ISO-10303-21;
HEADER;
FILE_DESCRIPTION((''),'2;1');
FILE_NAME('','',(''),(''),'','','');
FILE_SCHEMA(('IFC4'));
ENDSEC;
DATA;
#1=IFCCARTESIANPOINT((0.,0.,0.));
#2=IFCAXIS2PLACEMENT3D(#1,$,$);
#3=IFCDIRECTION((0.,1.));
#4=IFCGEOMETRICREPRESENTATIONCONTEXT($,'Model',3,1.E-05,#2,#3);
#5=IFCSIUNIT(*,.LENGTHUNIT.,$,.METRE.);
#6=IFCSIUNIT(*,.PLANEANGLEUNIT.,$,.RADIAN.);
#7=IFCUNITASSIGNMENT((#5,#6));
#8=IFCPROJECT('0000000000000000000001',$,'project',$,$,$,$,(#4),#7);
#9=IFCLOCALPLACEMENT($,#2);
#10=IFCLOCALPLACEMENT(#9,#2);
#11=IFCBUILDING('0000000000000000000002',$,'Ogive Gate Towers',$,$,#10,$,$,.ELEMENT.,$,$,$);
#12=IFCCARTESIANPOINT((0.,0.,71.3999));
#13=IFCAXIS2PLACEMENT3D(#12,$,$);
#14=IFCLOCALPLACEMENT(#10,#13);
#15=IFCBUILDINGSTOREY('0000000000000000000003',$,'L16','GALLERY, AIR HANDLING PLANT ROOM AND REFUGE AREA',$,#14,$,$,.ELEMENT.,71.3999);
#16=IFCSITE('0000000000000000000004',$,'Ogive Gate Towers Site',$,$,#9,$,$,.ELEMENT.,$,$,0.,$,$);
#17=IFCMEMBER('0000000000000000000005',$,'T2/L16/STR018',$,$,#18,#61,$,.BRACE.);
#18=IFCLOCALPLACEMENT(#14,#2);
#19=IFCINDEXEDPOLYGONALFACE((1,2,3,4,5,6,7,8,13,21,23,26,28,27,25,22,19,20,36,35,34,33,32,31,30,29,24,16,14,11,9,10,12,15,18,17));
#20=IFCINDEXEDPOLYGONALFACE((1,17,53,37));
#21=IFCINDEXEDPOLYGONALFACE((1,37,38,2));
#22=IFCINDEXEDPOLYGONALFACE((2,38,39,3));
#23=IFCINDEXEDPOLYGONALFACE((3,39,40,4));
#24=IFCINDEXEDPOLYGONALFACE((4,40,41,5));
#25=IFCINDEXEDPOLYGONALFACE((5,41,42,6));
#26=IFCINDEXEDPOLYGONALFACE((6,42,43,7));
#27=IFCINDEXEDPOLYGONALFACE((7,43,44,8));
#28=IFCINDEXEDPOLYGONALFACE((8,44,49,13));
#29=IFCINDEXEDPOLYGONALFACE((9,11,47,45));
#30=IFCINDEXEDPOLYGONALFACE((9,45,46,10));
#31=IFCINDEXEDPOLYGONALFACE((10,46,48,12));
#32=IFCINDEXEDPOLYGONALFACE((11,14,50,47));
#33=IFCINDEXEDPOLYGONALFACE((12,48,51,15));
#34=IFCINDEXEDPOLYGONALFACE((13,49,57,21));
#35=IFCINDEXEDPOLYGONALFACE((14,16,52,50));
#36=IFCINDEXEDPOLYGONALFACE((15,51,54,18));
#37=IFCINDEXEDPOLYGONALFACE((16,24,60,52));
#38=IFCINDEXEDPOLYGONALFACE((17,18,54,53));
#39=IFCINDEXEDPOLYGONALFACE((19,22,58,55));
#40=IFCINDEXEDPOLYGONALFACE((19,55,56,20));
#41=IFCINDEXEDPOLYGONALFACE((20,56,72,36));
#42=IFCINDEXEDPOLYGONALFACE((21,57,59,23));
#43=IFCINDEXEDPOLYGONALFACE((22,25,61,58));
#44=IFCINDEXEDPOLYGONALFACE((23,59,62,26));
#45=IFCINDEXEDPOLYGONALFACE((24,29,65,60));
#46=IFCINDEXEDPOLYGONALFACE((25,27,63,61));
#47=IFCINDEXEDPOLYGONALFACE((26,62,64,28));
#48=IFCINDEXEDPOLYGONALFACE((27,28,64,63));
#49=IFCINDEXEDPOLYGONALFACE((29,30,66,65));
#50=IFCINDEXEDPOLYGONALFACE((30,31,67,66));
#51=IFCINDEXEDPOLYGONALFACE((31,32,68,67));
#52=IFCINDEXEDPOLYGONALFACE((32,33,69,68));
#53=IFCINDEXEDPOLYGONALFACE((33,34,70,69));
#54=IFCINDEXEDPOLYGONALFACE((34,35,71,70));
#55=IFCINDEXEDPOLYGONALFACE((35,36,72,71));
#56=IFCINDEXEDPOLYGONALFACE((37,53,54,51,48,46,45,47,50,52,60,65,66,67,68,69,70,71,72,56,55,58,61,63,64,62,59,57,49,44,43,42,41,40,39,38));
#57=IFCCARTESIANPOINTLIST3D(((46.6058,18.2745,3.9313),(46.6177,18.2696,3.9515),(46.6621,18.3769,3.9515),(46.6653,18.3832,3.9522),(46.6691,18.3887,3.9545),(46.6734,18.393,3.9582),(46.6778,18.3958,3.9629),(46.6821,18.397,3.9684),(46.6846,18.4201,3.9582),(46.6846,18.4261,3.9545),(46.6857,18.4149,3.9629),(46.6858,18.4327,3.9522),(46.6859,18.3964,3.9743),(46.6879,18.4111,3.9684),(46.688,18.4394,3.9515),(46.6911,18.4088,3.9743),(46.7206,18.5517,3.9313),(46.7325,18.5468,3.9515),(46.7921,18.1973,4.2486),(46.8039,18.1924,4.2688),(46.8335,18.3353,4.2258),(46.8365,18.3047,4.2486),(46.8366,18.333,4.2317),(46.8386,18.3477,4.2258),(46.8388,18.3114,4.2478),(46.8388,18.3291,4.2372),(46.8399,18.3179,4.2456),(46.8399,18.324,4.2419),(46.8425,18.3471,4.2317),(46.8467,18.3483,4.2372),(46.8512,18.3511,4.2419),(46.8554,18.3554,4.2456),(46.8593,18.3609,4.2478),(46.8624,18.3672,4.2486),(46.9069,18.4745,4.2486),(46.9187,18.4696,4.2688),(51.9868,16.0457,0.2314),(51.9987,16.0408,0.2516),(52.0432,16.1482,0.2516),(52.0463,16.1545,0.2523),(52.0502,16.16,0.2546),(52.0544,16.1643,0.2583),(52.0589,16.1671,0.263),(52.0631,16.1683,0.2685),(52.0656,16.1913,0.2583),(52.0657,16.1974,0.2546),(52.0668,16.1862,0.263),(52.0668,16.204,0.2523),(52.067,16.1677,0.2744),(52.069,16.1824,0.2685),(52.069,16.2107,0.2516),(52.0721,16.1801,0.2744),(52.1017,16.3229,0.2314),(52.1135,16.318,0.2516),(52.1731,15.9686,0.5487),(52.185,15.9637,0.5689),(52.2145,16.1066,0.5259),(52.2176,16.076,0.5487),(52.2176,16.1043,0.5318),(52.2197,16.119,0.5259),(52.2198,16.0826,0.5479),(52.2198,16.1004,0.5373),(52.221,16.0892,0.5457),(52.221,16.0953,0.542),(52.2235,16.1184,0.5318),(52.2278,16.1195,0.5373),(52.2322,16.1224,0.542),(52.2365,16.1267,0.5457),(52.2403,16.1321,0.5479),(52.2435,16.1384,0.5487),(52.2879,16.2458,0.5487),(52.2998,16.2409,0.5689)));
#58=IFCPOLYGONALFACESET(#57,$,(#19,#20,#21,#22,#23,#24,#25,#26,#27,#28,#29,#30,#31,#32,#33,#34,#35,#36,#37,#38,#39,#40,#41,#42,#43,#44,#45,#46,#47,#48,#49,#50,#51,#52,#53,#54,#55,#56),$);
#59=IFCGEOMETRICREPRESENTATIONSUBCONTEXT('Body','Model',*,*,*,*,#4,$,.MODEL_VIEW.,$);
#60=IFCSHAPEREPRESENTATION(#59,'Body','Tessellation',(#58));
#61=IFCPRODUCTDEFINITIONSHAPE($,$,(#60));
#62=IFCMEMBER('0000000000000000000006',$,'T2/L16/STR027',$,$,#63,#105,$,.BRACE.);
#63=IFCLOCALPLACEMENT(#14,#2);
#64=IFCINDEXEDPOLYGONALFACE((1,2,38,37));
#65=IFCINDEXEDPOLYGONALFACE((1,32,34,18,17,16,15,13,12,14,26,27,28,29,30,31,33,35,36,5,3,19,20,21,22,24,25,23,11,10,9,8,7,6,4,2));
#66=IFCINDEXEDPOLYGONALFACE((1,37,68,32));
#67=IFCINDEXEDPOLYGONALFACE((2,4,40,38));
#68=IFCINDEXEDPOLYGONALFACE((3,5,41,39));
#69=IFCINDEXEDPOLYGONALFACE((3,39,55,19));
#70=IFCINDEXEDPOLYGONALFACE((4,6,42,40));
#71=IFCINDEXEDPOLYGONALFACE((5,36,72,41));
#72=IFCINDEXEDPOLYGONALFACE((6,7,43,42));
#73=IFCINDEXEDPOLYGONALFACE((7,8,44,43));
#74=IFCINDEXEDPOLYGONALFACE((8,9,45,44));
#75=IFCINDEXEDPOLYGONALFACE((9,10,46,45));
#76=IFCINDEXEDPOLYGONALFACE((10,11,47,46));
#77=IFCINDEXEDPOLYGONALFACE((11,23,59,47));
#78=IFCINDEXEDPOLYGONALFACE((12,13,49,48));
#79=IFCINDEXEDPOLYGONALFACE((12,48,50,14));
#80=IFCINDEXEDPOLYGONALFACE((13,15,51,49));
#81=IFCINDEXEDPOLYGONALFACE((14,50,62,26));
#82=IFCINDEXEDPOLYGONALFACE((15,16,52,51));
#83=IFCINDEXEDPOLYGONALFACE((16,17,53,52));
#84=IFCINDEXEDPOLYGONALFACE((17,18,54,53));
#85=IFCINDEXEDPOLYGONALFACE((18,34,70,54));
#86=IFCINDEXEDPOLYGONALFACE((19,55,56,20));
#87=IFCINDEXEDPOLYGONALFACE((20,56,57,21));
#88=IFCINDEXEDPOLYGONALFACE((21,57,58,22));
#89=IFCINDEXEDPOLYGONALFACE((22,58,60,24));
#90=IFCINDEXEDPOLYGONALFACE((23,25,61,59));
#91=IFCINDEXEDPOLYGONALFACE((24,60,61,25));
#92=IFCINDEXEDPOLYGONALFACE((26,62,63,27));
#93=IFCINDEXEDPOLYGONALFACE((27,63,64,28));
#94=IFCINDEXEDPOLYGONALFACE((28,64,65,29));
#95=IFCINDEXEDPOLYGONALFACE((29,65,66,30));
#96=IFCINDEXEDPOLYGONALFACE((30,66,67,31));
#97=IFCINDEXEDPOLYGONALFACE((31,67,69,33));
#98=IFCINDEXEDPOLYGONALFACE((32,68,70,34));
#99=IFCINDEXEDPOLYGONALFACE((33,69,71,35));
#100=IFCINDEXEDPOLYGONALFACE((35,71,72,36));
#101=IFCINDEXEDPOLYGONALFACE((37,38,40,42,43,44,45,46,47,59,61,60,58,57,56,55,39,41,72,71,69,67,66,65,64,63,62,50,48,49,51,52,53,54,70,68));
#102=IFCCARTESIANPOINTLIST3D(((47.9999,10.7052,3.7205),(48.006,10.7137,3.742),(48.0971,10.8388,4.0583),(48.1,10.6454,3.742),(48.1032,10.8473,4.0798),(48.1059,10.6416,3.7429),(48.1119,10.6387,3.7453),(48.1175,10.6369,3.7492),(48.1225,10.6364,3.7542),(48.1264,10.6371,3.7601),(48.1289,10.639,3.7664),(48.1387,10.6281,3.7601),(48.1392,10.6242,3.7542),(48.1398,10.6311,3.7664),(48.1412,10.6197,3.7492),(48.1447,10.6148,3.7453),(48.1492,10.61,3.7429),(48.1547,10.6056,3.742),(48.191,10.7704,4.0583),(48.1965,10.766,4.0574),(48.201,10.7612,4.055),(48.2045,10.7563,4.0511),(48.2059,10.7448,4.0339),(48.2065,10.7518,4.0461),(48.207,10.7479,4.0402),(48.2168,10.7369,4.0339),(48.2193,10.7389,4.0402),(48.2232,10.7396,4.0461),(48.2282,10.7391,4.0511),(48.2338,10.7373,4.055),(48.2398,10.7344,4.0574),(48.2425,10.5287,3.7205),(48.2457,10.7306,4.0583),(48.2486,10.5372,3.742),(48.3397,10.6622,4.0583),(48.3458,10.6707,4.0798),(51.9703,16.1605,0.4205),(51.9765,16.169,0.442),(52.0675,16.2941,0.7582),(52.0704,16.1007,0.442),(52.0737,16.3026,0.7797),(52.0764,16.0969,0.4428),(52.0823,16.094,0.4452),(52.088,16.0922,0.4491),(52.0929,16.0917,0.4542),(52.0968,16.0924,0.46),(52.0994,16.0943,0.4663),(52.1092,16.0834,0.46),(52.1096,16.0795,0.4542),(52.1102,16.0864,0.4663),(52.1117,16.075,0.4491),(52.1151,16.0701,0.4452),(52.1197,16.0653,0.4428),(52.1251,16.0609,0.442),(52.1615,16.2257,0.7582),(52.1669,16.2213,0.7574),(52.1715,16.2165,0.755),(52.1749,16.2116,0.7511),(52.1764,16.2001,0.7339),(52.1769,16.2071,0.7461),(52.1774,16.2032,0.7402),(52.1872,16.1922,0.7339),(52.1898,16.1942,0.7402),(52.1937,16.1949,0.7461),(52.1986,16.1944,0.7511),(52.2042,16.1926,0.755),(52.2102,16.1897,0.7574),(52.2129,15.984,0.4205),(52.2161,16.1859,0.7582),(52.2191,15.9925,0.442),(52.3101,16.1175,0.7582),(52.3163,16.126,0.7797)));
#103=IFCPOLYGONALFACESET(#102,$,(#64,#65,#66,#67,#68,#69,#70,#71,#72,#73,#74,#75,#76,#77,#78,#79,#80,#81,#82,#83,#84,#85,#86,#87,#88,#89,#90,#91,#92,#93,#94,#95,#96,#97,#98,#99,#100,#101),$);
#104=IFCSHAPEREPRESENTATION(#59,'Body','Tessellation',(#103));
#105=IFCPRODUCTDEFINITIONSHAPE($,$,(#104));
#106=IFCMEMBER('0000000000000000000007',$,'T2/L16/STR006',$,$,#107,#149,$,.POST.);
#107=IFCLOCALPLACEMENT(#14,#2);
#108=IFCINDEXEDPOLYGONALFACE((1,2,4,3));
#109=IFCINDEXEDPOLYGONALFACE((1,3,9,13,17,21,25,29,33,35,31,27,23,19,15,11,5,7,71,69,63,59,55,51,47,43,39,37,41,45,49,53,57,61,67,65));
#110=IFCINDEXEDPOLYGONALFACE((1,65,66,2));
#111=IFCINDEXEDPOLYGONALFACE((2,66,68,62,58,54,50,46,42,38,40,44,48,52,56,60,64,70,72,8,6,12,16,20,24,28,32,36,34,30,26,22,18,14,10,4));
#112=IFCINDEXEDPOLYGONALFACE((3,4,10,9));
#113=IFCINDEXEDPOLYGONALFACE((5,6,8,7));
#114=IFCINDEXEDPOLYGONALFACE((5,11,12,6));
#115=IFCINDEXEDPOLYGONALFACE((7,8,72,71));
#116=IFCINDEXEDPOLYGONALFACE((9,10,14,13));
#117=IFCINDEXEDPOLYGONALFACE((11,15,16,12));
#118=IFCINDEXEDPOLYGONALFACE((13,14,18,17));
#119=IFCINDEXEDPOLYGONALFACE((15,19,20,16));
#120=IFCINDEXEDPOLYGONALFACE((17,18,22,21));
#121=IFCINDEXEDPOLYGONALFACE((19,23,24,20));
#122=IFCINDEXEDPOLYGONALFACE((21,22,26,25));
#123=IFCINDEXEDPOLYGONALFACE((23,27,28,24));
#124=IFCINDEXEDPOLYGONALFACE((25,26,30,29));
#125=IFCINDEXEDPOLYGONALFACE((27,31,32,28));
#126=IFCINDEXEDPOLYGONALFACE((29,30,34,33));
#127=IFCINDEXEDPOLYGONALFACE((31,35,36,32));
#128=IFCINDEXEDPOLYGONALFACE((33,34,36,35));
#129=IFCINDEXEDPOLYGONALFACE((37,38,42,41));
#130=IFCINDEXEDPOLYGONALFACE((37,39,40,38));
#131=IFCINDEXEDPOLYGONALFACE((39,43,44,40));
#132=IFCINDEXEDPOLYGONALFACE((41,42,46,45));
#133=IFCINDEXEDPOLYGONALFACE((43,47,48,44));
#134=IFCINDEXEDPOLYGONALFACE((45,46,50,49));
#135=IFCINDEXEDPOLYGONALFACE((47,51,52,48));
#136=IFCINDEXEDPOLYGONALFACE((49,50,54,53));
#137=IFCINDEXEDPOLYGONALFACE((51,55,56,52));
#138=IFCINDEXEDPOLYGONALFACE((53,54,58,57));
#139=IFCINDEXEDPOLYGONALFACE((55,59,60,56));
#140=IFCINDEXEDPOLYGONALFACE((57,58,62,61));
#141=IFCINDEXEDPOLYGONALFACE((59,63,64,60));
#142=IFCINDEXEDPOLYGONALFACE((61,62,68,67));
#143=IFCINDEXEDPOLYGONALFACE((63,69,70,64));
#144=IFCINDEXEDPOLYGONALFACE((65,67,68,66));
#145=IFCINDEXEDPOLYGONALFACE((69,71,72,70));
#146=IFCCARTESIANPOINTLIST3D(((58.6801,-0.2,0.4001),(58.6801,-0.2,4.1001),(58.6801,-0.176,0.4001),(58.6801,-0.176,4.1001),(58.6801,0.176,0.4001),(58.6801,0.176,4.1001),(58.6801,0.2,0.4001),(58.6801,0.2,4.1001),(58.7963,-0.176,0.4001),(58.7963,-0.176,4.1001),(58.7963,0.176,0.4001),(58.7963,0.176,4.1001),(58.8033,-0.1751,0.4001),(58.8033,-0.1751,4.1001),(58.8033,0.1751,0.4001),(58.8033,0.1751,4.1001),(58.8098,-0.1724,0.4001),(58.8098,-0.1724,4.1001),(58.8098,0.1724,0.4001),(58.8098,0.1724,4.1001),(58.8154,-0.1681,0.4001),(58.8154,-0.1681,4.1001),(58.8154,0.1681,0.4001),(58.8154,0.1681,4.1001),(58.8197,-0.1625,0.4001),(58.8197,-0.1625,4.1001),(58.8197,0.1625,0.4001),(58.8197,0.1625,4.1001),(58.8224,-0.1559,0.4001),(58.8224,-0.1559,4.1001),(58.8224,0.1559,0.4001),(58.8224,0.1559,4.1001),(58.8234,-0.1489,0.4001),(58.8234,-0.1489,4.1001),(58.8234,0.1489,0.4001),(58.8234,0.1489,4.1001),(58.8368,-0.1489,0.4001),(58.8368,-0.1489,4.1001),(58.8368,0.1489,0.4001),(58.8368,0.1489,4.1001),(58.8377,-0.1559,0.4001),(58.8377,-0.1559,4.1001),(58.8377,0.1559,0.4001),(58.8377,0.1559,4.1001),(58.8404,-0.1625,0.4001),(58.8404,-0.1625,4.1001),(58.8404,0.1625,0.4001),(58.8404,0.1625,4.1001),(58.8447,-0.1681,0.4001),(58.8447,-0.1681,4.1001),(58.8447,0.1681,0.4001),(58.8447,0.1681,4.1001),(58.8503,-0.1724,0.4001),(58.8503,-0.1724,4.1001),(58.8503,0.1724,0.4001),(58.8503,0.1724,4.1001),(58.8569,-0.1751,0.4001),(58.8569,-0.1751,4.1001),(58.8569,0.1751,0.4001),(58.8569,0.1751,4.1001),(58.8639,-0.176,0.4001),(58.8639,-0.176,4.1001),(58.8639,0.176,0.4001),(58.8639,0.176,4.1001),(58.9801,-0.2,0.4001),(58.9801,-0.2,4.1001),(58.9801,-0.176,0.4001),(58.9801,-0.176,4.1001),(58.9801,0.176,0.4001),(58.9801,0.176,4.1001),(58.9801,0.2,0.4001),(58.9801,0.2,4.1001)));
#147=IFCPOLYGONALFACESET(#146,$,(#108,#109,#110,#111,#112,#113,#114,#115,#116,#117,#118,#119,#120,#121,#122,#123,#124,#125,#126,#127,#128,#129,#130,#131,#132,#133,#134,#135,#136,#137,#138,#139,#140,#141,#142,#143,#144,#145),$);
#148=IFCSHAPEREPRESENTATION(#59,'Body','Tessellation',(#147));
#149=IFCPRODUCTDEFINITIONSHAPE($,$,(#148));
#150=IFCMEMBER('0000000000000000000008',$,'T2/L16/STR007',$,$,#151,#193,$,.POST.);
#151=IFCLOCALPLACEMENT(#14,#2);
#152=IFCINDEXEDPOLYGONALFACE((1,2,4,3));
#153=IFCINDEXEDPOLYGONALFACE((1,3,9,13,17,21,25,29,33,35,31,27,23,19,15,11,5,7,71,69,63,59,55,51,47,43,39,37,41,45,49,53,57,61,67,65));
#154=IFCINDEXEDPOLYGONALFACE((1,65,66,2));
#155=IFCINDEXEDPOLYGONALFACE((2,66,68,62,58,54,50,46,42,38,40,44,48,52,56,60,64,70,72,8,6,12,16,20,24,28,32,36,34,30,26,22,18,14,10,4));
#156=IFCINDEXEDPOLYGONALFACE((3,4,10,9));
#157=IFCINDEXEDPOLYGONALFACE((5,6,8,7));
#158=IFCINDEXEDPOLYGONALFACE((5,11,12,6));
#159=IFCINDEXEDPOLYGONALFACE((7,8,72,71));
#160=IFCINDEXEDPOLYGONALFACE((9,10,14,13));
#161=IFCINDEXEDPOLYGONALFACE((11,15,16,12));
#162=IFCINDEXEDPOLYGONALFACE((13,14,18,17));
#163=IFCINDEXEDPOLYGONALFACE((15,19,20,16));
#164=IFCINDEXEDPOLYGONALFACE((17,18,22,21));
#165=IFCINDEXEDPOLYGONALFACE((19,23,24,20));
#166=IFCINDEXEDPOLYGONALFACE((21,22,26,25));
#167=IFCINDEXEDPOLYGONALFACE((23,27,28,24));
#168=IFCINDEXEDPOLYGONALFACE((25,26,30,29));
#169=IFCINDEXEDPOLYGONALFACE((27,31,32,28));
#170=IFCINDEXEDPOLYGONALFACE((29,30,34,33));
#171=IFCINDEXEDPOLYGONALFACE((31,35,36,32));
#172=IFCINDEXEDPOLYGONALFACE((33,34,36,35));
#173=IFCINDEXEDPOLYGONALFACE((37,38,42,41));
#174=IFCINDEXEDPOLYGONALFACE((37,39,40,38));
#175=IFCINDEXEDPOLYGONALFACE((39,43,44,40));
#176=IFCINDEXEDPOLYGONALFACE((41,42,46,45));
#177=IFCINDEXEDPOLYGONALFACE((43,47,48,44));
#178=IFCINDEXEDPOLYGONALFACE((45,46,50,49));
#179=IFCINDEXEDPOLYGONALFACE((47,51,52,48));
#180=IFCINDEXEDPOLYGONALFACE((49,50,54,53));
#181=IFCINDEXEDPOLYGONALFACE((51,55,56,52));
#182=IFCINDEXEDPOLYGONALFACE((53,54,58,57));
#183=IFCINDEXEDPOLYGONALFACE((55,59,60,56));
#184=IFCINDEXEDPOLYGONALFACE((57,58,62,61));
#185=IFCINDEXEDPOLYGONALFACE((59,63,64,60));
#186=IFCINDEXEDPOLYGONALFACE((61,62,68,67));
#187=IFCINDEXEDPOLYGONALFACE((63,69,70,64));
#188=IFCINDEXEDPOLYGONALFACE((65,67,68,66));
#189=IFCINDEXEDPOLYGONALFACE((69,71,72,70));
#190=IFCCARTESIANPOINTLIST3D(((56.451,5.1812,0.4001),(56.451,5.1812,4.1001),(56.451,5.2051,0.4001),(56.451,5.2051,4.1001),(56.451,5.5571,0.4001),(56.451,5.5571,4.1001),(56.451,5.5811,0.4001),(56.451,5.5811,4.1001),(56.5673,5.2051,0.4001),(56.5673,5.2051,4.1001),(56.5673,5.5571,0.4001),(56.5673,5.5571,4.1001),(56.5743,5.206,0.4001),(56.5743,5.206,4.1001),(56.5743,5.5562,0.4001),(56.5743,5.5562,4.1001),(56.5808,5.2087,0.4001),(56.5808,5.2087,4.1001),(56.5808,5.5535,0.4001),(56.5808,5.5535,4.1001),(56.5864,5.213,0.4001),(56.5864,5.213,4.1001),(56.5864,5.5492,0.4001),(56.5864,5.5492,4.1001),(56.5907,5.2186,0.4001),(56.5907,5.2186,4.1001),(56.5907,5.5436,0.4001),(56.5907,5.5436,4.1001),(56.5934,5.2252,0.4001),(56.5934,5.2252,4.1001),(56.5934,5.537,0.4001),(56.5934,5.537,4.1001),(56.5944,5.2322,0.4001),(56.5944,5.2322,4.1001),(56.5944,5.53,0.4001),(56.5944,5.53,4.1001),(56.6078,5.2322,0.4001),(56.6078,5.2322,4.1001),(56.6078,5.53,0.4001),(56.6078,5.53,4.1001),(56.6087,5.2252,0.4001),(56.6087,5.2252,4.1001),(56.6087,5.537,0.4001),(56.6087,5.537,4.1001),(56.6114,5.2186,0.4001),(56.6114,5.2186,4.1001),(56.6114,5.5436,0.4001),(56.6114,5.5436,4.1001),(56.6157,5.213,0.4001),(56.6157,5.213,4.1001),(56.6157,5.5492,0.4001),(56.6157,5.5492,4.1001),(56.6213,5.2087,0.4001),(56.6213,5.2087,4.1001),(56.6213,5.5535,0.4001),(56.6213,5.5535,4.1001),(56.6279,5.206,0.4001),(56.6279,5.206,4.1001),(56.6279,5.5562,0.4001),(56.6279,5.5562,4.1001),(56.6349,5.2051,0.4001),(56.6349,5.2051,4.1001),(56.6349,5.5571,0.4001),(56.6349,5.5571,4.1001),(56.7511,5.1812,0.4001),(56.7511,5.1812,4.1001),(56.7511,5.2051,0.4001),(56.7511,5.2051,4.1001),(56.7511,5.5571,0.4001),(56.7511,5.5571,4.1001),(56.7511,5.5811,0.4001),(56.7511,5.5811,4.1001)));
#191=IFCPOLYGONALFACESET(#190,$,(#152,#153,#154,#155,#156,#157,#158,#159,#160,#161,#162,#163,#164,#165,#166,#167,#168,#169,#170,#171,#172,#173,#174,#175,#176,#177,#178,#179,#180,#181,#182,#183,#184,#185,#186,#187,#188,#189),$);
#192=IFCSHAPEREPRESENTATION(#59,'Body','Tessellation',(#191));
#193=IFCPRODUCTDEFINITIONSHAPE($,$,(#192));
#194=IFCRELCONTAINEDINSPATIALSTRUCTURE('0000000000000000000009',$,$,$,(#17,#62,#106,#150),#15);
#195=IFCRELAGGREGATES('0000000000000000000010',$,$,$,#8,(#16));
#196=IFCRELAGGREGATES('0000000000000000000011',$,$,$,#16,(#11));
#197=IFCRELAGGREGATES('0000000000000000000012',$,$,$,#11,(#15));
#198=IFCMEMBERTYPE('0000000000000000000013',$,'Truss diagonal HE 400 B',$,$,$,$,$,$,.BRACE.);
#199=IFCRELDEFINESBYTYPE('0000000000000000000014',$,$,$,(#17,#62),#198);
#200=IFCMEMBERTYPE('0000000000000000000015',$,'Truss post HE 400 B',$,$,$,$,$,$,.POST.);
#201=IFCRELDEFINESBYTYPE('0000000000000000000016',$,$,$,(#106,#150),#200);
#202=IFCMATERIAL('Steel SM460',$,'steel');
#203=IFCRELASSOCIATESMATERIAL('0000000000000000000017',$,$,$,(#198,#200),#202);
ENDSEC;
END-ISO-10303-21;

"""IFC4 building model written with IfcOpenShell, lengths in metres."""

from ifc_helpers import new_model, si_unit, direction, frame, origin, origin_2d, place, context, subcontext, project, spatial, i_section, extrude, material, material_profile, profile_set, type_object, element, save


model = new_model("IFC4")

# Units and contexts
model_context = context("Model", 3, precision=1e-05, world=origin(), true_north=direction((0.0, 1.0)))
body_context = subcontext(model_context, "Body", "Model", "MODEL_VIEW")
ifc_project = project(units=[si_unit("LENGTHUNIT", "METRE"), si_unit("PLANEANGLEUNIT", "RADIAN")], contexts=[model_context])

# Site, building, storey
site_placement = place(None, origin())
site = spatial("IfcSite", under=ifc_project, at=site_placement, Name="Ogive Gate Towers Site", CompositionType="ELEMENT", RefElevation=0.0)
building_placement = place(site_placement, origin())
building = spatial("IfcBuilding", under=site, at=building_placement, Name="Ogive Gate Towers", CompositionType="ELEMENT")
storey_placement = place(building_placement, frame((0.0, 0.0, 71.3999)))
storey = spatial("IfcBuildingStorey", under=building, at=storey_placement, Name="L16", Description="GALLERY, AIR HANDLING PLANT ROOM AND REFUGE AREA", CompositionType="ELEMENT", Elevation=71.3999)

# Shared definitions
ifc_material_1 = material(Name="Steel SM460", Category="steel")

# Members
ifc_material_profile_1 = material_profile(ifc_material_1, i_section(OverallWidth=0.3, OverallDepth=0.3999, WebThickness=0.0134, FlangeThickness=0.0239, FilletRadius=0.0271, at=origin_2d()), Name="HE 400 B")
ifc_profile_set_1 = profile_set([ifc_material_profile_1], Name="Steel SM460")
member_type_1 = type_object("IfcMemberType", Name="Truss diagonal HE 400 B", PredefinedType="BRACE", material=ifc_profile_set_1)
for number, where, z_axis, x_axis, name in (
    (1, (52.1433, 16.1433, 0.4001), (-0.779843, 0.322998, 0.536206), (-0.382659, -0.92389, 0.0), "T2/L16/STR018"),
):
    element("IfcMember", number, at=place(storey_placement, frame(where, z_axis=z_axis, x_axis=x_axis)), inside=storey, type_object=member_type_1, Name=name, PredefinedType="BRACE", context=body_context, shape_type="SweptSolid", body=[
        extrude(i_section(OverallWidth=0.3, OverallDepth=0.3999, WebThickness=0.0134, FlangeThickness=0.0239, FilletRadius=0.0271, at=origin_2d()), origin(), (0.0, 0.0, 1.0), 6.9001),
    ])
member_1_placement = place(storey_placement, frame((48.1729, 10.688, 3.9001), z_axis=(0.528618, 0.726309, -0.439361), x_axis=(-0.808528, 0.588458, 0.0)))
element("IfcMember", 2, at=member_1_placement, inside=storey, type_object=member_type_1, Name="T2/L16/STR027", PredefinedType="BRACE", context=body_context, shape_type="SweptSolid", body=[
    extrude(i_section(OverallWidth=0.3, OverallDepth=0.3999, WebThickness=0.0134, FlangeThickness=0.0239, FilletRadius=0.0271, at=origin_2d()), origin(), (0.0, 0.0, 1.0), 7.511),
])
ifc_material_profile_2 = material_profile(ifc_material_1, i_section(OverallWidth=0.3, OverallDepth=0.3999, WebThickness=0.0134, FlangeThickness=0.0239, FilletRadius=0.0271, at=origin_2d()), Name="HE 400 B")
ifc_profile_set_2 = profile_set([ifc_material_profile_2], Name="Steel SM460")
member_type_2 = type_object("IfcMemberType", Name="Truss post HE 400 B", PredefinedType="POST", material=ifc_profile_set_2)
for number, where, z_axis, x_axis, name in (
    (3, (58.8301, 0.0, 0.4001), (0.0, 0.0, 1.0), (1.0, 0.0, 0.0), "T2/L16/STR006"),
    (4, (56.6011, 5.3811, 0.4001), (0.0, 0.0, 1.0), (1.0, 0.0, 0.0), "T2/L16/STR007"),
):
    element("IfcMember", number, at=place(storey_placement, frame(where, z_axis=z_axis, x_axis=x_axis)), inside=storey, type_object=member_type_2, Name=name, PredefinedType="POST", context=body_context, shape_type="SweptSolid", body=[
        extrude(i_section(OverallWidth=0.3, OverallDepth=0.3999, WebThickness=0.0134, FlangeThickness=0.0239, FilletRadius=0.0271, at=origin_2d()), origin(), (0.0, 0.0, 1.0), 3.7),
    ])

save(model, "model.ifc")
